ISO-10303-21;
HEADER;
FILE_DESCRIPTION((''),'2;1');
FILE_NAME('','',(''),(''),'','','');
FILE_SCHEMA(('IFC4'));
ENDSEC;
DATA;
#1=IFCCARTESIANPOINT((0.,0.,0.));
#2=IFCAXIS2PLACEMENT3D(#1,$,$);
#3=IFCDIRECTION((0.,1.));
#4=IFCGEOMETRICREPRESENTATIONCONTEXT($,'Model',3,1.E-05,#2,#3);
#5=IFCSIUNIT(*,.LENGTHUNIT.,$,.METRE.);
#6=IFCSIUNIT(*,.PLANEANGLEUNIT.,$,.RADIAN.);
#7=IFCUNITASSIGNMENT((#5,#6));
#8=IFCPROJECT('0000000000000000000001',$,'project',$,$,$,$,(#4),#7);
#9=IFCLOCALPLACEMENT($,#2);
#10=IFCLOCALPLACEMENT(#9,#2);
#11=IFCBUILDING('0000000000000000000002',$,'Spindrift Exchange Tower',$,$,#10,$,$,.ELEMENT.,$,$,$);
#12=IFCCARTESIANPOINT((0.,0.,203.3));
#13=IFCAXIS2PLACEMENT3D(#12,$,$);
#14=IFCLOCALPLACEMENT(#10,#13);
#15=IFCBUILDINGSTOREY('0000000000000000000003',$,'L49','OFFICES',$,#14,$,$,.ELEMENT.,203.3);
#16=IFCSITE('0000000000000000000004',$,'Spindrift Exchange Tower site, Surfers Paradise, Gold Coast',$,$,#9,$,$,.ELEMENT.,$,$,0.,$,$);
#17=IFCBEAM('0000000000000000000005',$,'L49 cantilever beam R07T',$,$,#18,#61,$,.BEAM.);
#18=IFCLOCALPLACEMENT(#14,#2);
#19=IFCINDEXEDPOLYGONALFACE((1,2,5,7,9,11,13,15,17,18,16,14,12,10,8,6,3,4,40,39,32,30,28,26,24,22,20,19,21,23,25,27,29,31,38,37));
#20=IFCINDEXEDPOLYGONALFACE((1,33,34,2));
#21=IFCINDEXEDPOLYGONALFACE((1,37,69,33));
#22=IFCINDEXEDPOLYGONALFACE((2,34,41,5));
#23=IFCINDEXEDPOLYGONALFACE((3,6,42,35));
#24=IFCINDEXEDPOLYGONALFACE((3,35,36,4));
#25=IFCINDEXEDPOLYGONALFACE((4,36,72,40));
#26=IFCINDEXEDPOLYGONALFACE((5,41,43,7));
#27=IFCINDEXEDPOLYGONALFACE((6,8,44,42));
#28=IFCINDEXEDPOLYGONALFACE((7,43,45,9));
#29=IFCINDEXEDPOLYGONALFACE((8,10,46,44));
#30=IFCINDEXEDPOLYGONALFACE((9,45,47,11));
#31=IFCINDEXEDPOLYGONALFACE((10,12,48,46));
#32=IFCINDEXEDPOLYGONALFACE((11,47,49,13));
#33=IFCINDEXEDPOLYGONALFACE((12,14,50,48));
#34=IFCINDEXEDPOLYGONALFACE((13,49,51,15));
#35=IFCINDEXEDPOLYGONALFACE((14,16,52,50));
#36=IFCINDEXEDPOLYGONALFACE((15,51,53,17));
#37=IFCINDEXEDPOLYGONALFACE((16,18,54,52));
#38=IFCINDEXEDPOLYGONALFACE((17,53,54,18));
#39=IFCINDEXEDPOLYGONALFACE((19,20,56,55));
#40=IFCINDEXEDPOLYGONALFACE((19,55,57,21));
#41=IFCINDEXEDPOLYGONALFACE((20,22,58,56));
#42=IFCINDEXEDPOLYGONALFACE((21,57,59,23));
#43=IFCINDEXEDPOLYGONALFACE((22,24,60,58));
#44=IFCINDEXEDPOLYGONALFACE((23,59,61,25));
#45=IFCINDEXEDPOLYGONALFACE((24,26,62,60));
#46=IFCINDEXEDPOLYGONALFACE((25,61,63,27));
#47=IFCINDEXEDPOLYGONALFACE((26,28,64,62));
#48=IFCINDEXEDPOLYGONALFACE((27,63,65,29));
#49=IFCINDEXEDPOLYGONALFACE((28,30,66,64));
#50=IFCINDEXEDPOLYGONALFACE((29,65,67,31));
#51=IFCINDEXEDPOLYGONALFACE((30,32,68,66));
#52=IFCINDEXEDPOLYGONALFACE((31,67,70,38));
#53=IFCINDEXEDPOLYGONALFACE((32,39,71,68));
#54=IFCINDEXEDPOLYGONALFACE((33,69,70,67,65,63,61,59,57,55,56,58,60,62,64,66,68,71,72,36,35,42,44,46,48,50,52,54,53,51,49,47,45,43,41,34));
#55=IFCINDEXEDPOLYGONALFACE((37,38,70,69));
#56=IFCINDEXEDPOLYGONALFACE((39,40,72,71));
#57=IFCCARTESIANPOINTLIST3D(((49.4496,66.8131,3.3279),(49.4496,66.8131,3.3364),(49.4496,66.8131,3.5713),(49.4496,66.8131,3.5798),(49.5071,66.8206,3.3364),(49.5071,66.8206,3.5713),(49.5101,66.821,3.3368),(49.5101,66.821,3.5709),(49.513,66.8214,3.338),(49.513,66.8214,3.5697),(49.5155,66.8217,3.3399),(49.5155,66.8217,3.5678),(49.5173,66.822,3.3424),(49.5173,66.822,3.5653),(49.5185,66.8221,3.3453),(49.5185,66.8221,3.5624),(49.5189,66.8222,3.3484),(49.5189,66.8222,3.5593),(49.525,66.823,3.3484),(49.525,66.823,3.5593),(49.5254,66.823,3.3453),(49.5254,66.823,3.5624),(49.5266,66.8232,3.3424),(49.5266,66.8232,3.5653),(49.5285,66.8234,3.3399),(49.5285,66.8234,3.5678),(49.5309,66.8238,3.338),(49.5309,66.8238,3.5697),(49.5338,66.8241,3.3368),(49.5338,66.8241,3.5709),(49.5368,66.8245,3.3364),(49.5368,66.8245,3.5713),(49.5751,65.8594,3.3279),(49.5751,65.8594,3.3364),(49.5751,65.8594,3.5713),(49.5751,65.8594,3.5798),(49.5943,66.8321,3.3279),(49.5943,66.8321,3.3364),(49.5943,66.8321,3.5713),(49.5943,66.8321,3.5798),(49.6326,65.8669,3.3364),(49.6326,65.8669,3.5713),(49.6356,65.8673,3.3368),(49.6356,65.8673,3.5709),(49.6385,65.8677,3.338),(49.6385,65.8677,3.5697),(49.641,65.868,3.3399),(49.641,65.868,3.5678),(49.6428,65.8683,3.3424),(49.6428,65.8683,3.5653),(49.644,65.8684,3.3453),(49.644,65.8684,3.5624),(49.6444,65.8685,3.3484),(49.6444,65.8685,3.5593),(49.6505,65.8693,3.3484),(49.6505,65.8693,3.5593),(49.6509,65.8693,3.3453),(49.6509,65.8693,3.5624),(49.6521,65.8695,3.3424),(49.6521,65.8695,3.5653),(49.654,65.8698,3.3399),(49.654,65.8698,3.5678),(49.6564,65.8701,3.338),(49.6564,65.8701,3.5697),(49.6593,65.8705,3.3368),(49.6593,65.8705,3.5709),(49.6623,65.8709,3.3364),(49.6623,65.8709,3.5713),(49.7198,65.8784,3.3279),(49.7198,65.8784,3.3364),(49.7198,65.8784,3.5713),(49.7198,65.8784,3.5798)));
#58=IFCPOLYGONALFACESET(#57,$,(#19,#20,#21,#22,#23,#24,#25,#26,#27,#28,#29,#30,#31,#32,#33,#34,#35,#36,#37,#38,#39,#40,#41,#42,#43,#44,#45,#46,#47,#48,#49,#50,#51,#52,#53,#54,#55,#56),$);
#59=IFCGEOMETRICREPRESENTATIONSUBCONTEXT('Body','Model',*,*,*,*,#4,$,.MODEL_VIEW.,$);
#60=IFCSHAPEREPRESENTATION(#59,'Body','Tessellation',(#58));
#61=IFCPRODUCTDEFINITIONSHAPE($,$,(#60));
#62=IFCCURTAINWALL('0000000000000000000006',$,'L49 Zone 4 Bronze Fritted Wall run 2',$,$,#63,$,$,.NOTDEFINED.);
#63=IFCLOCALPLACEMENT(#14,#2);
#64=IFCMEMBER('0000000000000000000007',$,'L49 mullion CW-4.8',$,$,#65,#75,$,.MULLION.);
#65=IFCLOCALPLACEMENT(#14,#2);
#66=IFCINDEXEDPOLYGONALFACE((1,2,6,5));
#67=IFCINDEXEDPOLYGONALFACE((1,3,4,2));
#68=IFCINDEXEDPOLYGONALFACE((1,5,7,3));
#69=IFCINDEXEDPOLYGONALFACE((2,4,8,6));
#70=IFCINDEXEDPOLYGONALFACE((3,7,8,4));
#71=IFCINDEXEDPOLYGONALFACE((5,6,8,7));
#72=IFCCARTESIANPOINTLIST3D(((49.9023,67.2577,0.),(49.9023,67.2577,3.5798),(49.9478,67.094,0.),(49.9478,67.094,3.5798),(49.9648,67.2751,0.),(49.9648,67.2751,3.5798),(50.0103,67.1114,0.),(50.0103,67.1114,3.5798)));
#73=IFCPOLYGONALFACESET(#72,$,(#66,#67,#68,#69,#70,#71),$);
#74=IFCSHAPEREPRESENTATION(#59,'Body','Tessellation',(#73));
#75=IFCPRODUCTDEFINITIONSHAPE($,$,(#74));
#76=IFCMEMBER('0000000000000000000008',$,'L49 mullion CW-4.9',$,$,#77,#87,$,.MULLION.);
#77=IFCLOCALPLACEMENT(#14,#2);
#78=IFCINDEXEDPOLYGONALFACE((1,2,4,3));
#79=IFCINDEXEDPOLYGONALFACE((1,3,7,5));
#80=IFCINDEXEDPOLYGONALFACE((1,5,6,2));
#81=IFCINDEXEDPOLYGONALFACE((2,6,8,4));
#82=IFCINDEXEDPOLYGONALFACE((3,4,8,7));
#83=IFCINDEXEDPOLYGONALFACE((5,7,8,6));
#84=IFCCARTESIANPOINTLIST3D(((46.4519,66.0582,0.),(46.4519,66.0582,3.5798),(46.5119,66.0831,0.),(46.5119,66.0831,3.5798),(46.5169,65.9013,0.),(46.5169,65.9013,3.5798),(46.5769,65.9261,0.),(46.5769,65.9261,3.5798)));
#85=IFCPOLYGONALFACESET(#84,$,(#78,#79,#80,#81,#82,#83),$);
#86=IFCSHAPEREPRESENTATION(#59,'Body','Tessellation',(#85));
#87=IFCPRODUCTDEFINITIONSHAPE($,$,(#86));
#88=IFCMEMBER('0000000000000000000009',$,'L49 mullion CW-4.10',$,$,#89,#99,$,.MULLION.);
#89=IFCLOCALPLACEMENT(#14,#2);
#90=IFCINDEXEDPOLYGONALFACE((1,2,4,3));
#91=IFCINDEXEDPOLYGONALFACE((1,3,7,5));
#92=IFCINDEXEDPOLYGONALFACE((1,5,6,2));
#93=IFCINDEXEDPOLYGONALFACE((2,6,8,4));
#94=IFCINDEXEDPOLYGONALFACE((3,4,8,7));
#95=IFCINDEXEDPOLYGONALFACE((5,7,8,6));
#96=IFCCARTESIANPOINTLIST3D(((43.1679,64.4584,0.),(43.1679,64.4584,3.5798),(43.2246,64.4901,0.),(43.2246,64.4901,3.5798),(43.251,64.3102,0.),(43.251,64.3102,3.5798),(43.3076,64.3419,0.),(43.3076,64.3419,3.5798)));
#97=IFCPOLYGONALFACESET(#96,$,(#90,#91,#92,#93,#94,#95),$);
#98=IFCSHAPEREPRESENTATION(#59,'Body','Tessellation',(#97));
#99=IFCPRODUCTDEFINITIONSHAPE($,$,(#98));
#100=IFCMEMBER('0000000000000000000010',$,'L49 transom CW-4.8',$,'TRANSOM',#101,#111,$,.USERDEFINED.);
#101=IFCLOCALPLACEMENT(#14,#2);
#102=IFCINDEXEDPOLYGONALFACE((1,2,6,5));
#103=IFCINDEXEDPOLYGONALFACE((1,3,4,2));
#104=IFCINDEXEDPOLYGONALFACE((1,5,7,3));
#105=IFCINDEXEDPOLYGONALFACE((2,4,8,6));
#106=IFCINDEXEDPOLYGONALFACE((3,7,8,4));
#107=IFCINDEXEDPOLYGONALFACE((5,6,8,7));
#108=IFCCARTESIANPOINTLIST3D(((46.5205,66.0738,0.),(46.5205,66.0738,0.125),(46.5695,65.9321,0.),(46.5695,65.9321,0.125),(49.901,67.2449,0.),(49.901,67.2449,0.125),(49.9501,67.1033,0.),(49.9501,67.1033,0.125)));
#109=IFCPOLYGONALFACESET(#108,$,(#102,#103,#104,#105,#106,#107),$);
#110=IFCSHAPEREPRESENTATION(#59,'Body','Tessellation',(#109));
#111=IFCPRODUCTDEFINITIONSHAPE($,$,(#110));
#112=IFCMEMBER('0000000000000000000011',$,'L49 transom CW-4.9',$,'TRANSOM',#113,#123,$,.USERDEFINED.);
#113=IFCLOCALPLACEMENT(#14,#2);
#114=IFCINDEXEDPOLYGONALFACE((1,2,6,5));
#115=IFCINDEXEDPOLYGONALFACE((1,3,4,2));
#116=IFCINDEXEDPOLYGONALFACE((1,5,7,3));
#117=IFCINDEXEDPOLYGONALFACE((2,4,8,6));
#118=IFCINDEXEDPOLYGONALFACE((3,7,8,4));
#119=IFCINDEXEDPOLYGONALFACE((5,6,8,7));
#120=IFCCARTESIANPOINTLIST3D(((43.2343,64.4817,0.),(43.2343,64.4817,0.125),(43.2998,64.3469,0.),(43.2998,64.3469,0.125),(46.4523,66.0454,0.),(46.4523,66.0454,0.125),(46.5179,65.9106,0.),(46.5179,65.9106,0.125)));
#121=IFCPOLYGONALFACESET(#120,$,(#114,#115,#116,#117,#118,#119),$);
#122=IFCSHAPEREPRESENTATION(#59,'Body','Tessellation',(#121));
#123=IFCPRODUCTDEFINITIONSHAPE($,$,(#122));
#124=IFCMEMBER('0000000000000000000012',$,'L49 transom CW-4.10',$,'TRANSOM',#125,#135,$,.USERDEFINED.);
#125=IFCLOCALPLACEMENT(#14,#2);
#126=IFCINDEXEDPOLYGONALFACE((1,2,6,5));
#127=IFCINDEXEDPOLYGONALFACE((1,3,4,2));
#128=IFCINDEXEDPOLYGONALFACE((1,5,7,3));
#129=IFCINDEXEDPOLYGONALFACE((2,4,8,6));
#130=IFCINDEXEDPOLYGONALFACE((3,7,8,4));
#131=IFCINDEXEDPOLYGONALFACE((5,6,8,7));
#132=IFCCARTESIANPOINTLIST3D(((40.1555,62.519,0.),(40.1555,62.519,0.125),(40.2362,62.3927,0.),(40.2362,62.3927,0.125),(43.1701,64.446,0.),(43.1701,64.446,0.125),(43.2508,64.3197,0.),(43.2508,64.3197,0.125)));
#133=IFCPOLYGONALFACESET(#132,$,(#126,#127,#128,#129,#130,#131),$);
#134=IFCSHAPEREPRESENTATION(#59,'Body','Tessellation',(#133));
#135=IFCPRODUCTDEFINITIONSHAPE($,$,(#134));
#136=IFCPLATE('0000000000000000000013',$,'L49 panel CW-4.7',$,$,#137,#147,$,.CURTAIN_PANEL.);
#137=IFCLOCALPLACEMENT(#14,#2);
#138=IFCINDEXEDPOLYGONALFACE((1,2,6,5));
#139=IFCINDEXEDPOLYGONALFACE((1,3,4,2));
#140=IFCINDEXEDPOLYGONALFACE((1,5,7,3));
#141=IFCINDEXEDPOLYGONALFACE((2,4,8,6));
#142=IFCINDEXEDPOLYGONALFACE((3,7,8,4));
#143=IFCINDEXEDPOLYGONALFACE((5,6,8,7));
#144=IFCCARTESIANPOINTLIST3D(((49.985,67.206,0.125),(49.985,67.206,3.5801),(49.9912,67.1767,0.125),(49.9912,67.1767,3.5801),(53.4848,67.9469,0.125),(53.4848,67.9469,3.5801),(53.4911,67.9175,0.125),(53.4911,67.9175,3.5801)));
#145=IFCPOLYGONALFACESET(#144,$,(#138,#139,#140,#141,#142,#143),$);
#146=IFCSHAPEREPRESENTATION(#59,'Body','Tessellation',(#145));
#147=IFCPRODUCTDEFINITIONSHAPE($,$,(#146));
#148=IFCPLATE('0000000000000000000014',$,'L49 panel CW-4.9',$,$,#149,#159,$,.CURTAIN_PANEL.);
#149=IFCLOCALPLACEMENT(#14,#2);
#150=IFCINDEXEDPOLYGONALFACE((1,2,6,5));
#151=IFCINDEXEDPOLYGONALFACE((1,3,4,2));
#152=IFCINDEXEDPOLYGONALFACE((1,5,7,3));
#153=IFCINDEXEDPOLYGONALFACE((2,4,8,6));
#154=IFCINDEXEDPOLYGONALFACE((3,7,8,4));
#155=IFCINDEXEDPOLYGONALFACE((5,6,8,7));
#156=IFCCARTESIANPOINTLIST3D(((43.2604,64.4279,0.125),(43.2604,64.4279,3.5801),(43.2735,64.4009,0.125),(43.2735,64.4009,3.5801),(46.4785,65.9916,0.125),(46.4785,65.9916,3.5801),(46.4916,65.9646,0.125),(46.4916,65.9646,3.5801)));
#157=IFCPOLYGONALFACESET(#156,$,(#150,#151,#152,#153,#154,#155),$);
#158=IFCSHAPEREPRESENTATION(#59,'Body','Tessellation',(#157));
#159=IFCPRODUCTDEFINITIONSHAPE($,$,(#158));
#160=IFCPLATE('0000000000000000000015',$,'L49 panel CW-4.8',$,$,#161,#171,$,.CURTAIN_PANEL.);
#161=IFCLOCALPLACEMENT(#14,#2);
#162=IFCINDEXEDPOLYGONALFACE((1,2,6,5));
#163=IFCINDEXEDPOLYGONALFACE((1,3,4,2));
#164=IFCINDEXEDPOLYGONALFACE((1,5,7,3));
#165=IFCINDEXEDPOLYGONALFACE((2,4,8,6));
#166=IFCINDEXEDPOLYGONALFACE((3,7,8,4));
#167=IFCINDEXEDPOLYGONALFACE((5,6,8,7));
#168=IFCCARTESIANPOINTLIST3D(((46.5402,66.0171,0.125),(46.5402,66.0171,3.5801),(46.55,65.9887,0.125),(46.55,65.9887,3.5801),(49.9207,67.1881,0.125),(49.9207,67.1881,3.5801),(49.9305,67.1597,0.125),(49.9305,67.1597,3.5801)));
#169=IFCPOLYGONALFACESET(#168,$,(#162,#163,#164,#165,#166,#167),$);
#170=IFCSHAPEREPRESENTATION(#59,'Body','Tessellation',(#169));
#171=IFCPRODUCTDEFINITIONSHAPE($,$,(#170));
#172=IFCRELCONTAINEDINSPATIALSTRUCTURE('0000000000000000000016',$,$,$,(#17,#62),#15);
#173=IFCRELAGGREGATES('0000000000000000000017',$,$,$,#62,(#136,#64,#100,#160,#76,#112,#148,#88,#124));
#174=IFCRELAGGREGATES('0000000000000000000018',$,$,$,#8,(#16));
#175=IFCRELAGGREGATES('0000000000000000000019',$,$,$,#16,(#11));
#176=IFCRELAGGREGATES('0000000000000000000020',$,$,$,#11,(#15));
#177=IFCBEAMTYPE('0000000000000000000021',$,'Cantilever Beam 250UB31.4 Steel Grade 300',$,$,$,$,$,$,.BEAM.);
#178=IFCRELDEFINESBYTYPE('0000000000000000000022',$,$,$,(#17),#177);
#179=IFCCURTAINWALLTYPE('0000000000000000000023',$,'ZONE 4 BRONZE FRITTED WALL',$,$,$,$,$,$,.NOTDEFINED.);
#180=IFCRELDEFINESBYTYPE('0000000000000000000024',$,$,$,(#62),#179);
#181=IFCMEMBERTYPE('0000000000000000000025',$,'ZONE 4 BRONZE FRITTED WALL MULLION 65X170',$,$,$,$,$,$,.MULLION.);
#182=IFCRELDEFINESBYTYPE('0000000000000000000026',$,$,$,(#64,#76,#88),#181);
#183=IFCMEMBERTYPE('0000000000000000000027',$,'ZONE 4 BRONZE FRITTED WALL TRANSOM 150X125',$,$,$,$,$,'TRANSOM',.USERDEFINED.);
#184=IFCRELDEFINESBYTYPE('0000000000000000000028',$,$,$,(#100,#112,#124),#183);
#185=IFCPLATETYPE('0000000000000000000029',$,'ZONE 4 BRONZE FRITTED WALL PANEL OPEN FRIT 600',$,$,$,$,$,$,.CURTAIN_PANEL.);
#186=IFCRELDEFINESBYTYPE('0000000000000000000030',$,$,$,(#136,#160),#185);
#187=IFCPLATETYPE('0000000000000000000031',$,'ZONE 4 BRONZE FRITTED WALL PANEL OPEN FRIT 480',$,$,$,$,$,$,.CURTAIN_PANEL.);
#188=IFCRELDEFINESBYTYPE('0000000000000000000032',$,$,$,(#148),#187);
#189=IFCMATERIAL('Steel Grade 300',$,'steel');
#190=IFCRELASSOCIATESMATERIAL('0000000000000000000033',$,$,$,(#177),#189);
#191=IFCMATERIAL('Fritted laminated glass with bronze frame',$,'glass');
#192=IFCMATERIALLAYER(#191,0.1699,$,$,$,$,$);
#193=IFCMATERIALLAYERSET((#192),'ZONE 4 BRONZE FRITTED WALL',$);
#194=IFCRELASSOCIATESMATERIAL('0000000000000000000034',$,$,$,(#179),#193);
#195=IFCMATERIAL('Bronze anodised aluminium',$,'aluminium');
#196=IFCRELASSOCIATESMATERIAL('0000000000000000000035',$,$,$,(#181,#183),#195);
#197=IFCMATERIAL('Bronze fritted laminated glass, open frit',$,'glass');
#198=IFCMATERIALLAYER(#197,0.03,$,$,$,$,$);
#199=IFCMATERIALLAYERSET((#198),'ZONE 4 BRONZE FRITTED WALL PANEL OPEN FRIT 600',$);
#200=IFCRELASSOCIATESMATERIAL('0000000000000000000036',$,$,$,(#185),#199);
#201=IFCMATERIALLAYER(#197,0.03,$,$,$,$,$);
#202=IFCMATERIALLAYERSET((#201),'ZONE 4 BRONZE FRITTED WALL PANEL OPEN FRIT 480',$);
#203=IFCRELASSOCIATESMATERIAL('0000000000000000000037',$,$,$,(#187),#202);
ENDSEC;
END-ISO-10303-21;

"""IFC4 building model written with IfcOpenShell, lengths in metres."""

from ifc_helpers import new_model, si_unit, direction, frame, origin, origin_2d, place, context, subcontext, project, spatial, rectangle, i_section, extrude, source, transform, mapped, material, layer, layer_set, material_profile, profile_set, type_object, element, aggregate, save


model = new_model("IFC4")

# Units and contexts
model_context = context("Model", 3, precision=1e-05, world=origin(), true_north=direction((0.0, 1.0)))
body_context = subcontext(model_context, "Body", "Model", "MODEL_VIEW")
ifc_project = project(units=[si_unit("LENGTHUNIT", "METRE"), si_unit("PLANEANGLEUNIT", "RADIAN")], contexts=[model_context])

# Site, building, storey
site_placement = place(None, origin())
site = spatial("IfcSite", under=ifc_project, at=site_placement, Name="Spindrift Exchange Tower site, Surfers Paradise, Gold Coast", CompositionType="ELEMENT", RefElevation=0.0)
building_placement = place(site_placement, origin())
building = spatial("IfcBuilding", under=site, at=building_placement, Name="Spindrift Exchange Tower", CompositionType="ELEMENT")
storey_placement = place(building_placement, frame((0.0, 0.0, 203.3)))
storey = spatial("IfcBuildingStorey", under=building, at=storey_placement, Name="L49", Description="OFFICES", CompositionType="ELEMENT", Elevation=203.3)

# Beam
ifc_material_1 = material(Name="Steel Grade 300", Category="steel")
ifc_material_profile_1 = material_profile(ifc_material_1, i_section(OverallWidth=0.146, OverallDepth=0.252, WebThickness=0.0061, FlangeThickness=0.0085, FilletRadius=0.012, at=origin_2d()), Name="250UB31.4")
ifc_profile_set_1 = profile_set([ifc_material_profile_1], Name="Steel Grade 300")
beam_type_1 = type_object("IfcBeamType", Name="Cantilever Beam 250UB31.4 Steel Grade 300", PredefinedType="BEAM", material=ifc_profile_set_1)
shared_shape_1 = source(origin(), body_context, "Body", "SweptSolid", [
    extrude(i_section(OverallWidth=0.146, OverallDepth=0.252, WebThickness=0.0061, FlangeThickness=0.0085, FilletRadius=0.012, at=origin_2d()), origin(), (0.0, 0.0, 1.0), 0.9619),
])
beam_1_placement = place(storey_placement, frame((49.6475, 65.8689, 3.4539), z_axis=(-0.130468, 0.991453, 0.0), x_axis=(-0.991453, -0.130468, 0.0)))
element("IfcBeam", 1, at=beam_1_placement, inside=storey, type_object=beam_type_1, Name="L49 cantilever beam R07T", PredefinedType="BEAM", context=body_context, shape_type="MappedRepresentation", body=[
    mapped(shared_shape_1, transform((0.0, 0.0, 0.0), scale=1.0)),
])

# Curtain wall, members, plates
ifc_material_2 = material(Name="Fritted laminated glass with bronze frame", Category="glass")
ifc_layer_1 = layer(ifc_material_2, 0.1699)
ifc_layer_set_1 = layer_set([ifc_layer_1], Name="ZONE 4 BRONZE FRITTED WALL")
curtain_wall_type = type_object("IfcCurtainWallType", Name="ZONE 4 BRONZE FRITTED WALL", PredefinedType="NOTDEFINED", material=ifc_layer_set_1)
curtain_wall_placement = place(storey_placement, origin())
curtain_wall = element("IfcCurtainWall", 2, at=curtain_wall_placement, inside=storey, type_object=curtain_wall_type, Name="L49 Zone 4 Bronze Fritted Wall run 2", PredefinedType="NOTDEFINED")
ifc_material_3 = material(Name="Bronze anodised aluminium", Category="aluminium")
ifc_material_profile_2 = material_profile(ifc_material_3, rectangle(XDim=0.0649, YDim=0.1699, at=origin_2d()), Name="ZONE 4 BRONZE FRITTED WALL MULLION 65X170")
ifc_profile_set_2 = profile_set([ifc_material_profile_2], Name="Bronze anodised aluminium")
member_type_1 = type_object("IfcMemberType", Name="ZONE 4 BRONZE FRITTED WALL MULLION 65X170", PredefinedType="MULLION", material=ifc_profile_set_2)
shared_shape_2 = source(origin(), body_context, "Body", "SweptSolid", [
    extrude(rectangle(XDim=0.0649, YDim=0.1699, at=origin_2d()), origin(), (0.0, 0.0, 1.0), 3.5798),
])
member_1_placement = place(storey_placement, frame((49.9563, 67.1846, 0.0), z_axis=(0.0, 0.0, 1.0), x_axis=(-0.963495, -0.267725, 0.0)))
member_1 = element("IfcMember", 3, at=member_1_placement, type_object=member_type_1, Name="L49 mullion CW-4.8", PredefinedType="MULLION", context=body_context, shape_type="MappedRepresentation", body=[
    mapped(shared_shape_2, transform((0.0, 0.0, 0.0), scale=1.0)),
])
member_2_placement = place(storey_placement, frame((46.5144, 65.9922, 0.0), z_axis=(0.0, 0.0, 1.0), x_axis=(-0.923807, -0.382859, 0.0)))
member_2 = element("IfcMember", 4, at=member_2_placement, type_object=member_type_1, Name="L49 mullion CW-4.9", PredefinedType="MULLION", context=body_context, shape_type="MappedRepresentation", body=[
    mapped(shared_shape_2, transform((0.0, 0.0, 0.0), scale=1.0)),
])
member_3_placement = place(storey_placement, frame((43.2378, 64.4001, 0.0), z_axis=(0.0, 0.0, 1.0), x_axis=(-0.872479, -0.488651, 0.0)))
member_3 = element("IfcMember", 5, at=member_3_placement, type_object=member_type_1, Name="L49 mullion CW-4.10", PredefinedType="MULLION", context=body_context, shape_type="MappedRepresentation", body=[
    mapped(shared_shape_2, transform((0.0, 0.0, 0.0), scale=1.0)),
])
ifc_material_profile_3 = material_profile(ifc_material_3, rectangle(XDim=0.1499, YDim=0.125, at=origin_2d()), Name="ZONE 4 BRONZE FRITTED WALL TRANSOM 150X125")
ifc_profile_set_3 = profile_set([ifc_material_profile_3], Name="Bronze anodised aluminium")
member_type_2 = type_object("IfcMemberType", Name="ZONE 4 BRONZE FRITTED WALL TRANSOM 150X125", ElementType="TRANSOM", PredefinedType="USERDEFINED", material=ifc_profile_set_3)
shared_shape_3 = source(origin(), body_context, "Body", "SweptSolid", [
    extrude(rectangle(XDim=0.1499, YDim=0.125, at=origin_2d()), origin(), (0.0, 0.0, 1.0), 3.5776),
])
member_4_placement = place(storey_placement, frame((49.9255, 67.1741, 0.0625), z_axis=(-0.944906, -0.327343, 0.0), x_axis=(0.327343, -0.944906, 0.0)))
member_4 = element("IfcMember", 6, at=member_4_placement, type_object=member_type_2, Name="L49 transom CW-4.8", ObjectType="TRANSOM", PredefinedType="USERDEFINED", context=body_context, shape_type="MappedRepresentation", body=[
    mapped(shared_shape_3, transform((0.0, 0.0, 0.0), scale=1.0)),
])
shared_shape_4 = source(origin(), body_context, "Body", "SweptSolid", [
    extrude(rectangle(XDim=0.1499, YDim=0.125, at=origin_2d()), origin(), (0.0, 0.0, 1.0), 3.5779),
])
member_5_placement = place(storey_placement, frame((46.4851, 65.978, 0.0625), z_axis=(-0.899433, -0.437059, 0.0), x_axis=(0.437059, -0.899433, 0.0)))
member_5 = element("IfcMember", 7, at=member_5_placement, type_object=member_type_2, Name="L49 transom CW-4.9", ObjectType="TRANSOM", PredefinedType="USERDEFINED", context=body_context, shape_type="MappedRepresentation", body=[
    mapped(shared_shape_4, transform((0.0, 0.0, 0.0), scale=1.0)),
])
member_6_placement = place(storey_placement, frame((43.2104, 64.3828, 0.0625), z_axis=(-0.842572, -0.538583, 0.0), x_axis=(0.538583, -0.842572, 0.0)))
member_6 = element("IfcMember", 8, at=member_6_placement, type_object=member_type_2, Name="L49 transom CW-4.10", ObjectType="TRANSOM", PredefinedType="USERDEFINED", context=body_context, shape_type="MappedRepresentation", body=[
    mapped(shared_shape_4, transform((0.0, 0.0, 0.0), scale=1.0)),
])
ifc_material_4 = material(Name="Bronze fritted laminated glass, open frit", Category="glass")
ifc_layer_2 = layer(ifc_material_4, 0.03)
ifc_layer_set_2 = layer_set([ifc_layer_2], Name="ZONE 4 BRONZE FRITTED WALL PANEL OPEN FRIT 600")
plate_type_1 = type_object("IfcPlateType", Name="ZONE 4 BRONZE FRITTED WALL PANEL OPEN FRIT 600", PredefinedType="CURTAIN_PANEL", material=ifc_layer_set_2)
shared_shape_5 = source(origin(), body_context, "Body", "SweptSolid", [
    extrude(rectangle(XDim=3.5774, YDim=0.03, at=origin_2d()), origin(), (0.0, 0.0, 1.0), 3.4551),
])
plate_1_placement = place(storey_placement, frame((51.738, 67.5618, 0.125), z_axis=(0.0, 0.0, 1.0), x_axis=(-0.978322, -0.20709, 0.0)))
plate_1 = element("IfcPlate", 9, at=plate_1_placement, type_object=plate_type_1, Name="L49 panel CW-4.7", PredefinedType="CURTAIN_PANEL", context=body_context, shape_type="MappedRepresentation", body=[
    mapped(shared_shape_5, transform((0.0, 0.0, 0.0), scale=1.0)),
])
ifc_layer_3 = layer(ifc_material_4, 0.03)
ifc_layer_set_3 = layer_set([ifc_layer_3], Name="ZONE 4 BRONZE FRITTED WALL PANEL OPEN FRIT 480")
plate_type_2 = type_object("IfcPlateType", Name="ZONE 4 BRONZE FRITTED WALL PANEL OPEN FRIT 480", PredefinedType="CURTAIN_PANEL", material=ifc_layer_set_3)
shared_shape_6 = source(origin(), body_context, "Body", "SweptSolid", [
    extrude(rectangle(XDim=3.5779, YDim=0.03, at=origin_2d()), origin(), (0.0, 0.0, 1.0), 3.4551),
])
plate_2_placement = place(storey_placement, frame((44.876, 65.1963, 0.125), z_axis=(0.0, 0.0, 1.0), x_axis=(-0.899437, -0.43705, 0.0)))
plate_2 = element("IfcPlate", 10, at=plate_2_placement, type_object=plate_type_2, Name="L49 panel CW-4.9", PredefinedType="CURTAIN_PANEL", context=body_context, shape_type="MappedRepresentation", body=[
    mapped(shared_shape_6, transform((0.0, 0.0, 0.0), scale=1.0)),
])
shared_shape_7 = source(origin(), body_context, "Body", "SweptSolid", [
    extrude(rectangle(XDim=3.5776, YDim=0.03, at=origin_2d()), origin(), (0.0, 0.0, 1.0), 3.4551),
])
plate_3_placement = place(storey_placement, frame((48.2354, 66.5884, 0.125), z_axis=(0.0, 0.0, 1.0), x_axis=(-0.944915, -0.327317, 0.0)))
plate_3 = element("IfcPlate", 11, at=plate_3_placement, type_object=plate_type_1, Name="L49 panel CW-4.8", PredefinedType="CURTAIN_PANEL", context=body_context, shape_type="MappedRepresentation", body=[
    mapped(shared_shape_7, transform((0.0, 0.0, 0.0), scale=1.0)),
])
aggregate(curtain_wall, [plate_1, member_1, member_4, plate_3, member_2, member_5, plate_2, member_3, member_6])

save(model, "model.ifc")
